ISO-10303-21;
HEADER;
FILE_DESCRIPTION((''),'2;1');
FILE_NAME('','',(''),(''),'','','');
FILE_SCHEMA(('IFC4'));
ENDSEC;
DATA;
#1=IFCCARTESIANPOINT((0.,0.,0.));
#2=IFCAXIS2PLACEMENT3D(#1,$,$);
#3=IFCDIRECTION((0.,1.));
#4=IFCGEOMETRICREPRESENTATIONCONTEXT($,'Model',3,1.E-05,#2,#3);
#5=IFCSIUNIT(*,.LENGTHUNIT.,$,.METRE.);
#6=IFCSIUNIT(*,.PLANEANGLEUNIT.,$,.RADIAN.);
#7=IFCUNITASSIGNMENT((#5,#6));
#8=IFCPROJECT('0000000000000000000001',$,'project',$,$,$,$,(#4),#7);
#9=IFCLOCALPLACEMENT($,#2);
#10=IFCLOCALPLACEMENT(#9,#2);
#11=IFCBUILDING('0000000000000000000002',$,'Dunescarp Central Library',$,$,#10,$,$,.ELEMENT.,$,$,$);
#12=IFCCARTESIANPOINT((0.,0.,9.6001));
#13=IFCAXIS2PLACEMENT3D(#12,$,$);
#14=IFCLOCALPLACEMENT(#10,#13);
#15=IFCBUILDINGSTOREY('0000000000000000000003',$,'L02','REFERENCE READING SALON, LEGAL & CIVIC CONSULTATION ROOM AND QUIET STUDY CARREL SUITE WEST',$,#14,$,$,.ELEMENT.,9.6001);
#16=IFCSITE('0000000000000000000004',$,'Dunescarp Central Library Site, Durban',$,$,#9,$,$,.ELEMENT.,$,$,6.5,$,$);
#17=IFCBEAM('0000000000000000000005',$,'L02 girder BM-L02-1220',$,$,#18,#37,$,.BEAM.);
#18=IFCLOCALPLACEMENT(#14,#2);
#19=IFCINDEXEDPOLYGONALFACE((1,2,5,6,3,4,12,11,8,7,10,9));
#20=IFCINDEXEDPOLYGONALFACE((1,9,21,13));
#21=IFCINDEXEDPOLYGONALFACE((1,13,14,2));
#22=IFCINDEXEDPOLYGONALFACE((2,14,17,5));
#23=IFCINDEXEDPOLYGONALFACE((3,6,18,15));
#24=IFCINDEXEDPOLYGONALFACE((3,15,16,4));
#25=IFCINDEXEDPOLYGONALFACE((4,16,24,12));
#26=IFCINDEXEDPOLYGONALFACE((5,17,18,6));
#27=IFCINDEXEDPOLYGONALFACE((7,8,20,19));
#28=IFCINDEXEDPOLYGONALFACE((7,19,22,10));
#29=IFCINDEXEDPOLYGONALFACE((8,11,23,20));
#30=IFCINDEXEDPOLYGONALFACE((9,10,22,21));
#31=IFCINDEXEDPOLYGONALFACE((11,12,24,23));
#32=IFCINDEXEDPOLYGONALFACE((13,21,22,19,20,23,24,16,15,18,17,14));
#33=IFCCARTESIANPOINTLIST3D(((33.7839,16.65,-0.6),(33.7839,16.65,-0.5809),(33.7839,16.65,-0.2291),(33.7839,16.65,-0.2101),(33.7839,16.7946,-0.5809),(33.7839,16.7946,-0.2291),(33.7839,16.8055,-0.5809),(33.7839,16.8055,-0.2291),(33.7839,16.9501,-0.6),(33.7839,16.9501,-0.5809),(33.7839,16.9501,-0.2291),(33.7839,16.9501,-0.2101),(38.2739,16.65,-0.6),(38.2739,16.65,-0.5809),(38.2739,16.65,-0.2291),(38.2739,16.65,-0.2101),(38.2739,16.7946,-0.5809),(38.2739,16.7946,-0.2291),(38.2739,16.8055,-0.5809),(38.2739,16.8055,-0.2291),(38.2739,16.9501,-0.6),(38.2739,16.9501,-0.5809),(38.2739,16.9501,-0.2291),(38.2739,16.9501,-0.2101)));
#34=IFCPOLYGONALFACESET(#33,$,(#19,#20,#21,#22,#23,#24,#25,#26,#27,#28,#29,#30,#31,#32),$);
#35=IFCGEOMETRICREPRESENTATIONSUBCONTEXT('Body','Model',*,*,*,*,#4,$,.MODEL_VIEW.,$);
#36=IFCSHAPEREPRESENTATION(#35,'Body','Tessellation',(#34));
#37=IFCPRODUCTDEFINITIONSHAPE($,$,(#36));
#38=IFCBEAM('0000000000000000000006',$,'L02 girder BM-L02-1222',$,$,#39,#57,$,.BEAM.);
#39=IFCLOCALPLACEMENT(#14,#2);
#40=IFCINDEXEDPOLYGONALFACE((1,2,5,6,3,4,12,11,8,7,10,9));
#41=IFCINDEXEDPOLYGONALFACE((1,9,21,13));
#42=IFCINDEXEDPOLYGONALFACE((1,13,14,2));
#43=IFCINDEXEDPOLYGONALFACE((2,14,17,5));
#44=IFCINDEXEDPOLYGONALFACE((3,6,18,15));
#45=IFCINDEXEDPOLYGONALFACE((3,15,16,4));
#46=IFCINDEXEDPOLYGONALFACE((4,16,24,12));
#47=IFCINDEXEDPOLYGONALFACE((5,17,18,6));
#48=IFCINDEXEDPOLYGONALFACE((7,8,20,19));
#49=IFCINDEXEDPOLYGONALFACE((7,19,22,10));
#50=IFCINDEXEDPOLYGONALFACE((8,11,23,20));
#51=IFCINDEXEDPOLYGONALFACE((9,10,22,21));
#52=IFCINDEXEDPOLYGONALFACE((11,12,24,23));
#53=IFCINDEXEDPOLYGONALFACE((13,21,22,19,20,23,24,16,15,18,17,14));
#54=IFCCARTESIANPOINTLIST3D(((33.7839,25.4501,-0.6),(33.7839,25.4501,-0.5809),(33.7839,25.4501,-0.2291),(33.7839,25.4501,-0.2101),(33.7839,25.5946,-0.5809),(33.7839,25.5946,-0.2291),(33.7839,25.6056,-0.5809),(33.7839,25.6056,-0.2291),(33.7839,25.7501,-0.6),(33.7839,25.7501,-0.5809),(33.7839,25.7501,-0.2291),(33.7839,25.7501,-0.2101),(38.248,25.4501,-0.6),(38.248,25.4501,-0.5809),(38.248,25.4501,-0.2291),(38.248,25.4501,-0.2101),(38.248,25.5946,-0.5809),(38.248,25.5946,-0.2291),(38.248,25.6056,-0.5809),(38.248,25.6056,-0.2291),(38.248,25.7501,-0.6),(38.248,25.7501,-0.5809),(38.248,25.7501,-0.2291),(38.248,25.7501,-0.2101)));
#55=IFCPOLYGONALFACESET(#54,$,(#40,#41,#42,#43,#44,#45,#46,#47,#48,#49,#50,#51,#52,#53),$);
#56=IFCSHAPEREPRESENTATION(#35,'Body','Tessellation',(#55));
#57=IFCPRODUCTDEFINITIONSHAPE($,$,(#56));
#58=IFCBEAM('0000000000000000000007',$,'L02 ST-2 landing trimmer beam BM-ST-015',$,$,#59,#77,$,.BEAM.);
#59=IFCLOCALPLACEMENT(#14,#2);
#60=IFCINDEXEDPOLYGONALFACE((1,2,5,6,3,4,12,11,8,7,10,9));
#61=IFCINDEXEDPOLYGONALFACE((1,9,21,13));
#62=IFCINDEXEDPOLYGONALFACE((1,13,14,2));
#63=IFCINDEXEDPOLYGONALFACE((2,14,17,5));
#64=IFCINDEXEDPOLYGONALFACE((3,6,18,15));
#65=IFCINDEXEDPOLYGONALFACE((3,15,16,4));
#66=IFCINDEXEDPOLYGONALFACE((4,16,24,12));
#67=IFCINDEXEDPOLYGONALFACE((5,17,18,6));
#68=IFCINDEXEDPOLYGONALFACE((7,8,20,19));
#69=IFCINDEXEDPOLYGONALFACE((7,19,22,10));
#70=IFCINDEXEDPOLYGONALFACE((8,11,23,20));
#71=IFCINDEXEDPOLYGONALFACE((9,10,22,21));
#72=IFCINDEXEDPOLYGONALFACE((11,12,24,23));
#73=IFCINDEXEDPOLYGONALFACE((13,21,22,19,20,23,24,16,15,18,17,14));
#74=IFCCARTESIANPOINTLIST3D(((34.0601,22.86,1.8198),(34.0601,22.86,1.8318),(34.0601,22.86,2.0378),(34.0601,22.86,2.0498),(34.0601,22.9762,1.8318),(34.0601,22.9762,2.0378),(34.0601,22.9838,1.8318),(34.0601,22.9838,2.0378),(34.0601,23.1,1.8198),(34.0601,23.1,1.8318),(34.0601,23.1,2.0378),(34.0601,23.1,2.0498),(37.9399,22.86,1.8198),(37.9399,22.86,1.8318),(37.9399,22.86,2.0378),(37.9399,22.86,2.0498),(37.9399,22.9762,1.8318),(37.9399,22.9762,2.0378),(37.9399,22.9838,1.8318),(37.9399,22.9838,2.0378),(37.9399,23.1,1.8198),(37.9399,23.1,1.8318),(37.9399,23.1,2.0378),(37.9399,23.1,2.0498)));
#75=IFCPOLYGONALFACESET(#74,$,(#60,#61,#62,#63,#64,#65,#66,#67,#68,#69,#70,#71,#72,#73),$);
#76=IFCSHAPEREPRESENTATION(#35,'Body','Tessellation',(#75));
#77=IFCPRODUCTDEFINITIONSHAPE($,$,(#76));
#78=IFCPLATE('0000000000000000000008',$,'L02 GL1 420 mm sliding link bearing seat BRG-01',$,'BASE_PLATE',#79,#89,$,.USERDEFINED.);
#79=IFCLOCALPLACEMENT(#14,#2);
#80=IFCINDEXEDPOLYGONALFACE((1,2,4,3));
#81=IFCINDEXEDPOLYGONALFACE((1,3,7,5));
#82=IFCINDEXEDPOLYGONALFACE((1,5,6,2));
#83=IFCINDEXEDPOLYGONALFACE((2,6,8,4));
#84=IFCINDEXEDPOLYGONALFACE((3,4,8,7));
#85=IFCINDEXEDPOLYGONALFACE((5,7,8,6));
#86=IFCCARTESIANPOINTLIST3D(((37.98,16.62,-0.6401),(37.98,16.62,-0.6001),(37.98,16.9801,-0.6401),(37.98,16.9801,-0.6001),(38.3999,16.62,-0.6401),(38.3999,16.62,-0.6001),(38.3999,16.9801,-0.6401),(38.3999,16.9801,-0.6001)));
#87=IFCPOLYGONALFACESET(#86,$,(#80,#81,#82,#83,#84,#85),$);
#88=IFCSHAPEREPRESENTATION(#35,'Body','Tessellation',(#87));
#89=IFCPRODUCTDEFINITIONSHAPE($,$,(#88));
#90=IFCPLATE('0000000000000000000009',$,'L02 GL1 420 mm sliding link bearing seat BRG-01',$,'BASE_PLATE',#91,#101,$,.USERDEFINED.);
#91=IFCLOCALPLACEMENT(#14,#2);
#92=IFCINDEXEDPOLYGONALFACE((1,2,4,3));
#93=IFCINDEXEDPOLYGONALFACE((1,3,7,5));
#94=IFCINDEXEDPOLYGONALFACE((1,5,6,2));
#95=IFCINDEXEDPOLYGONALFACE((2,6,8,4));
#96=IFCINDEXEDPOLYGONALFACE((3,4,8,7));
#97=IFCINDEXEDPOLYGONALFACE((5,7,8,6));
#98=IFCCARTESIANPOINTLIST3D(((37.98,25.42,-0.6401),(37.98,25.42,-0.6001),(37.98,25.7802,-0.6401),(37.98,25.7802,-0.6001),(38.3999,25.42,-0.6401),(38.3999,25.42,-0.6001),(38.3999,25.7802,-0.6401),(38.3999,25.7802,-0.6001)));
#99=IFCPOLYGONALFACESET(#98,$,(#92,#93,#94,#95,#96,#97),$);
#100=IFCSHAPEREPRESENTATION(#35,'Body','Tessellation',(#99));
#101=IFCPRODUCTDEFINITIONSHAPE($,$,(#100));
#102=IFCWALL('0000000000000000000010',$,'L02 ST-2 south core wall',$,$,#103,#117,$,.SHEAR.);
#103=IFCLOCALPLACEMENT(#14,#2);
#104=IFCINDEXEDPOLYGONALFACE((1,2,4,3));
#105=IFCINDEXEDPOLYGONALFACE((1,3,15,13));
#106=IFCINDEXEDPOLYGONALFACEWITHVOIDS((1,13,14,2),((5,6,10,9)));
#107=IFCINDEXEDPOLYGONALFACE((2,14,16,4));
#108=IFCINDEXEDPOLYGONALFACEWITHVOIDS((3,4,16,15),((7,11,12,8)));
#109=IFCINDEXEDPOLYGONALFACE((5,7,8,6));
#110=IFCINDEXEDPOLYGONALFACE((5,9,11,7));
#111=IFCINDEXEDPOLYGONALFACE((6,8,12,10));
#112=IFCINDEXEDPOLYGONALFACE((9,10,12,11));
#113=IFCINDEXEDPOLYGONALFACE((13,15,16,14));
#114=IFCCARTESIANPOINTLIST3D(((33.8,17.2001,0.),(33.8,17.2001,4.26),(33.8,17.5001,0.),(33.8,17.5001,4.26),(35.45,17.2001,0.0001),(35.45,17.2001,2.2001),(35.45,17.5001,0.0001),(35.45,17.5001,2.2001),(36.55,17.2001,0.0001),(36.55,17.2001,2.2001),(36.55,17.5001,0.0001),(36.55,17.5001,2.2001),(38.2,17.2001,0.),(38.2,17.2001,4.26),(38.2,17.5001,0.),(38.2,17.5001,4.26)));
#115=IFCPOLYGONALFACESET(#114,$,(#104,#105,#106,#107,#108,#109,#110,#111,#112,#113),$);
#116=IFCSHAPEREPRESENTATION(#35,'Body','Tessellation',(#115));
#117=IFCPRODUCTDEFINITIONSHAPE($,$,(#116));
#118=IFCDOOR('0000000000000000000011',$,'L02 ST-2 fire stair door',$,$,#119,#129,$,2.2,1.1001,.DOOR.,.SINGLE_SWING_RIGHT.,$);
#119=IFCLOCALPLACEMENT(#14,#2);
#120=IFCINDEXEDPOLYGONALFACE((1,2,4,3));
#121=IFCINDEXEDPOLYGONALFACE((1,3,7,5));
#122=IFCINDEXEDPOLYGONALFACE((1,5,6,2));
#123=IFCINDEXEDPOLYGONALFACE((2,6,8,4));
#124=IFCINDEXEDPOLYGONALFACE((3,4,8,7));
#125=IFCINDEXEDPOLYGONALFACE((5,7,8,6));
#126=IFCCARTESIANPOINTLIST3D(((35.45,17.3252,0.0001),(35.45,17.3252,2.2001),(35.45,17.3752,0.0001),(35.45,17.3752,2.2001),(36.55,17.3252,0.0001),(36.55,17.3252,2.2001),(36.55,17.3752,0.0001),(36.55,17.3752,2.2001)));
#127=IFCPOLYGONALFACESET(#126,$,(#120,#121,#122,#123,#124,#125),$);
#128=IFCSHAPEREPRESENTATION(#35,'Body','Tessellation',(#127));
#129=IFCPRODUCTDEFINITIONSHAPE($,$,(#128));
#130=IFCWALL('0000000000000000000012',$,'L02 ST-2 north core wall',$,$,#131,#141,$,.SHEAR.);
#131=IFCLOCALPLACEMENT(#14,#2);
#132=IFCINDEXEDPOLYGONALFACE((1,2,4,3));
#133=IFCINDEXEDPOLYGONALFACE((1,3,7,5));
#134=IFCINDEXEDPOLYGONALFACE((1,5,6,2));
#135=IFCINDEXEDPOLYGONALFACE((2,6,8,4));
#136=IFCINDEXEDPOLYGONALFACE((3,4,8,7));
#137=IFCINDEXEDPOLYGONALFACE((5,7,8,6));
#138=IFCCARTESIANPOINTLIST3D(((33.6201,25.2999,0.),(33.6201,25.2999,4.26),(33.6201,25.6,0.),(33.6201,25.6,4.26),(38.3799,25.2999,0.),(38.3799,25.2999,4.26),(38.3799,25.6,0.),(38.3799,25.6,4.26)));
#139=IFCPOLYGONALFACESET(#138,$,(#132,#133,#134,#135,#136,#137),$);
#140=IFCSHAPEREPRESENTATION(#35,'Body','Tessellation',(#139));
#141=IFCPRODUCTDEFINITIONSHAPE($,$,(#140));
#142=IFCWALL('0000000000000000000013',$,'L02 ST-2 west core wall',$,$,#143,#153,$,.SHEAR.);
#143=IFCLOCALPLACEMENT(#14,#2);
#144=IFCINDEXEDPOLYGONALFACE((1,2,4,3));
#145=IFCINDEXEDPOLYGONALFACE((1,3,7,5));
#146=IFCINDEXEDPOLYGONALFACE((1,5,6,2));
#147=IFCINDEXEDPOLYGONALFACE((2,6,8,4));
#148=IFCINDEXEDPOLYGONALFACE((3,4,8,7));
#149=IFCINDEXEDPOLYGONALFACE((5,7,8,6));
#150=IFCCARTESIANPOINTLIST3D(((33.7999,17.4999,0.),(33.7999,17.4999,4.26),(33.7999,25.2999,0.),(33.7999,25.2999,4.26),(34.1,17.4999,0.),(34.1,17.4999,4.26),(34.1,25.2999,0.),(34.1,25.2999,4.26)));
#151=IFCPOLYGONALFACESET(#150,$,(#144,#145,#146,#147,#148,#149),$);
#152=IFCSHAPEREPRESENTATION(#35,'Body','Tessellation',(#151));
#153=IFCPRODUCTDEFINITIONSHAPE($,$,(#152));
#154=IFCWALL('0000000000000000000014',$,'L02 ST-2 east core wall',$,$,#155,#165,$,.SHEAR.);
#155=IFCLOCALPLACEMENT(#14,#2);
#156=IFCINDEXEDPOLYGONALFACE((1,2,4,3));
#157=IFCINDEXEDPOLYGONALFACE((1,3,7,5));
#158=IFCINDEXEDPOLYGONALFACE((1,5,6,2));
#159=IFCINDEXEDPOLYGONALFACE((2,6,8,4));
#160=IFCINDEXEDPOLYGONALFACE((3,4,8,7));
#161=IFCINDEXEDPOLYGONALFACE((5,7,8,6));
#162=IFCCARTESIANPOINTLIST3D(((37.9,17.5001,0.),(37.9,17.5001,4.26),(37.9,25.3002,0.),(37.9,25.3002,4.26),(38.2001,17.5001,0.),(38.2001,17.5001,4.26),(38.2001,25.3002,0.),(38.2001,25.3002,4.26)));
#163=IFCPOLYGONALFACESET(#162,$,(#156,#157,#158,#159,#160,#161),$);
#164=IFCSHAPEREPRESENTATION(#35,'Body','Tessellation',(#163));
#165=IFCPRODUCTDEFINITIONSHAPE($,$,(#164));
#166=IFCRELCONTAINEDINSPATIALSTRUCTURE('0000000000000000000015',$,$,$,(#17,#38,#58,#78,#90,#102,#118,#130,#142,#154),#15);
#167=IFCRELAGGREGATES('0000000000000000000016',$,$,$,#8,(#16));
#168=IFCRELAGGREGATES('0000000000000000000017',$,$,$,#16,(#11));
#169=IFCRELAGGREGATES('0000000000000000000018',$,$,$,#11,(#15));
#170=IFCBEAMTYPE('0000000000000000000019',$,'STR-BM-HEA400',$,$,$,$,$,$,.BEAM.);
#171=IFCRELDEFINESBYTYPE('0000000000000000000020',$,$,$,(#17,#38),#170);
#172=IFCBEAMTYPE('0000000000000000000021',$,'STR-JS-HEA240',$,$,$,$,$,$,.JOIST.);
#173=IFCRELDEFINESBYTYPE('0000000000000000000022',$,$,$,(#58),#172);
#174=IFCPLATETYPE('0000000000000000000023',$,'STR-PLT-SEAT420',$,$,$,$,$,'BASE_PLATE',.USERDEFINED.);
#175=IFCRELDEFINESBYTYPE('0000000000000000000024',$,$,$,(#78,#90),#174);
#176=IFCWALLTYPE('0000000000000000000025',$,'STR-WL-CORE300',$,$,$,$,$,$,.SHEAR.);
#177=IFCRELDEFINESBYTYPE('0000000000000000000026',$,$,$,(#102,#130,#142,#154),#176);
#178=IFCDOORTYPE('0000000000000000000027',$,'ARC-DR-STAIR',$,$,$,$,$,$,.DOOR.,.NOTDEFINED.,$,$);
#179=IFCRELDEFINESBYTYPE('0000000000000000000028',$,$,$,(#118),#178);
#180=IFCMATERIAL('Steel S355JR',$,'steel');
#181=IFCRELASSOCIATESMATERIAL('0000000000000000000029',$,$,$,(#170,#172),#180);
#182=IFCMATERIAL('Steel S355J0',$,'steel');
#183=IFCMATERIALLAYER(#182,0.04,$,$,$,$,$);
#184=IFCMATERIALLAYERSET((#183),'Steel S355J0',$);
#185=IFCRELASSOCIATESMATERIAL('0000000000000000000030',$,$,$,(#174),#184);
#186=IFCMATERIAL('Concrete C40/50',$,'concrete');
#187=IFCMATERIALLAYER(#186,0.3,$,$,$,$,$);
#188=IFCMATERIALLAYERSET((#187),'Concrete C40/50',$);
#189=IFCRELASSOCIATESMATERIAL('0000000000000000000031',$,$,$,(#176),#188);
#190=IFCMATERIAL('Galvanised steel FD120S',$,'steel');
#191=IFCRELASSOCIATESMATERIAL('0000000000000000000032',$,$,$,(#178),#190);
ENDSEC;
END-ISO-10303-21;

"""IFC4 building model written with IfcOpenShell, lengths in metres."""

from ifc_helpers import new_model, si_unit, direction, frame, frame_2d, origin, origin_2d, place, context, subcontext, project, spatial, rectangle, i_section, extrude, material, layer, layer_set, material_profile, profile_set, type_object, element, fill, save


model = new_model("IFC4")

# Units and contexts
model_context = context("Model", 3, precision=1e-05, world=origin(), true_north=direction((0.0, 1.0)))
body_context = subcontext(model_context, "Body", "Model", "MODEL_VIEW")
ifc_project = project(units=[si_unit("LENGTHUNIT", "METRE"), si_unit("PLANEANGLEUNIT", "RADIAN")], contexts=[model_context])

# Site, building, storey
site_placement = place(None, origin())
site = spatial("IfcSite", under=ifc_project, at=site_placement, Name="Dunescarp Central Library Site, Durban", CompositionType="ELEMENT", RefElevation=6.5)
building_placement = place(site_placement, origin())
building = spatial("IfcBuilding", under=site, at=building_placement, Name="Dunescarp Central Library", CompositionType="ELEMENT")
storey_placement = place(building_placement, frame((0.0, 0.0, 9.6001)))
storey = spatial("IfcBuildingStorey", under=building, at=storey_placement, Name="L02", Description="REFERENCE READING SALON, LEGAL & CIVIC CONSULTATION ROOM AND QUIET STUDY CARREL SUITE WEST", CompositionType="ELEMENT", Elevation=9.6001)

# Beams
ifc_material_1 = material(Name="Steel S355JR", Category="steel")
ifc_material_profile_1 = material_profile(ifc_material_1, i_section(OverallWidth=0.3, OverallDepth=0.3899, WebThickness=0.011, FlangeThickness=0.019, at=origin_2d()), Name="HEA 400")
ifc_profile_set_1 = profile_set([ifc_material_profile_1], Name="Steel S355JR")
beam_type_1 = type_object("IfcBeamType", Name="STR-BM-HEA400", PredefinedType="BEAM", material=ifc_profile_set_1)
beam_1_placement = place(storey_placement, frame((33.7839, 16.8, -0.405), z_axis=(1.0, 0.0, 0.0), x_axis=(0.0, 1.0, 0.0)))
element("IfcBeam", 1, at=beam_1_placement, inside=storey, type_object=beam_type_1, Name="L02 girder BM-L02-1220", PredefinedType="BEAM", context=body_context, shape_type="SweptSolid", body=[
    extrude(i_section(OverallWidth=0.3, OverallDepth=0.3899, WebThickness=0.011, FlangeThickness=0.019, at=origin_2d()), origin(), (0.0, 0.0, 1.0), 4.49),
])
beam_2_placement = place(storey_placement, frame((33.7839, 25.6001, -0.405), z_axis=(1.0, 0.0, 0.0), x_axis=(0.0, 1.0, 0.0)))
element("IfcBeam", 2, at=beam_2_placement, inside=storey, type_object=beam_type_1, Name="L02 girder BM-L02-1222", PredefinedType="BEAM", context=body_context, shape_type="SweptSolid", body=[
    extrude(i_section(OverallWidth=0.3, OverallDepth=0.3899, WebThickness=0.011, FlangeThickness=0.019, at=origin_2d()), origin(), (0.0, 0.0, 1.0), 4.4641),
])
ifc_material_profile_2 = material_profile(ifc_material_1, i_section(OverallWidth=0.24, OverallDepth=0.23, WebThickness=0.0076, FlangeThickness=0.012, at=origin_2d()), Name="HEA 240")
ifc_profile_set_2 = profile_set([ifc_material_profile_2], Name="Steel S355JR")
beam_type_2 = type_object("IfcBeamType", Name="STR-JS-HEA240", PredefinedType="JOIST", material=ifc_profile_set_2)
beam_3_placement = place(storey_placement, frame((34.0601, 22.98, 1.9348), z_axis=(1.0, 0.0, 0.0), x_axis=(0.0, 1.0, 0.0)))
element("IfcBeam", 3, at=beam_3_placement, inside=storey, type_object=beam_type_2, Name="L02 ST-2 landing trimmer beam BM-ST-015", PredefinedType="BEAM", context=body_context, shape_type="SweptSolid", body=[
    extrude(i_section(OverallWidth=0.24, OverallDepth=0.23, WebThickness=0.0076, FlangeThickness=0.012, at=origin_2d()), origin(), (0.0, 0.0, 1.0), 3.8799),
])

# Plates
ifc_material_2 = material(Name="Steel S355J0", Category="steel")
ifc_layer_1 = layer(ifc_material_2, 0.04)
ifc_layer_set_1 = layer_set([ifc_layer_1], Name="Steel S355J0")
plate_type = type_object("IfcPlateType", Name="STR-PLT-SEAT420", ElementType="BASE_PLATE", PredefinedType="USERDEFINED", material=ifc_layer_set_1)
for number, where, z_axis, x_axis, name in (
    (4, (38.1899, 16.8, -0.6401), (0.0, 0.0, 1.0), (1.0, 0.0, 0.0), "L02 GL1 420 mm sliding link bearing seat BRG-01"),
    (5, (38.1899, 25.6001, -0.6401), (0.0, 0.0, 1.0), (1.0, 0.0, 0.0), "L02 GL1 420 mm sliding link bearing seat BRG-01"),
):
    element("IfcPlate", number, at=place(storey_placement, frame(where, z_axis=z_axis, x_axis=x_axis)), inside=storey, type_object=plate_type, Name=name, ObjectType="BASE_PLATE", PredefinedType="USERDEFINED", context=body_context, shape_type="SweptSolid", body=[
        extrude(rectangle(XDim=0.4199, YDim=0.3601, at=origin_2d()), origin(), (0.0, 0.0, 1.0), 0.04),
    ])

# Wall, opening, door
ifc_material_3 = material(Name="Concrete C40/50", Category="concrete")
ifc_layer_2 = layer(ifc_material_3, 0.3)
ifc_layer_set_2 = layer_set([ifc_layer_2], Name="Concrete C40/50")
wall_type = type_object("IfcWallType", Name="STR-WL-CORE300", PredefinedType="SHEAR", material=ifc_layer_set_2)
wall_1_placement = place(storey_placement, frame((38.2, 17.3501, 0.0), z_axis=(0.0, 0.0, 1.0), x_axis=(-1.0, 0.0, 0.0)))
wall_1 = element("IfcWall", 6, at=wall_1_placement, inside=storey, type_object=wall_type, Name="L02 ST-2 south core wall", PredefinedType="SHEAR", context=body_context, shape_type="SweptSolid", body=[
    extrude(rectangle(XDim=4.3999, YDim=0.3, at=frame_2d((2.2, 0.0))), origin(), (0.0, 0.0, 1.0), 4.26),
])
opening_placement = place(wall_1_placement, frame((1.6499, 0.0, 0.0)))
opening = element("IfcOpeningElement", 7, at=opening_placement, cuts=wall_1, PredefinedType="OPENING", context=body_context, shape_type="SweptSolid", body=[
    extrude(rectangle(XDim=1.1001, YDim=2.2, at=frame_2d((0.55, 1.1001))), frame((0.0, 0.1602, 0.0), z_axis=(0.0, -1.0, 0.0), x_axis=(1.0, 0.0, 0.0)), (0.0, 0.0, 1.0), 0.3201),
])
ifc_material_4 = material(Name="Galvanised steel FD120S", Category="steel")
door_type = type_object("IfcDoorType", Name="ARC-DR-STAIR", OperationType="NOTDEFINED", PredefinedType="DOOR", material=ifc_material_4)
door_placement = place(opening_placement, origin())
door = element("IfcDoor", 8, at=door_placement, inside=storey, type_object=door_type, Name="L02 ST-2 fire stair door", OperationType="SINGLE_SWING_RIGHT", OverallHeight=2.2, OverallWidth=1.1001, PredefinedType="DOOR", context=body_context, shape_type="SweptSolid", body=[
    extrude(rectangle(XDim=1.1001, YDim=2.2, at=frame_2d((0.55, 1.1001))), frame((0.0, 0.0249, 0.0), z_axis=(0.0, -1.0, 0.0), x_axis=(1.0, 0.0, 0.0)), (0.0, 0.0, 1.0), 0.05),
])
fill(opening, door)

# Walls
wall_2_placement = place(storey_placement, frame((33.6201, 25.45, 0.0), z_axis=(0.0, 0.0, 1.0), x_axis=(1.0, 0.0, 0.0)))
element("IfcWall", 9, at=wall_2_placement, inside=storey, type_object=wall_type, Name="L02 ST-2 north core wall", PredefinedType="SHEAR", context=body_context, shape_type="SweptSolid", body=[
    extrude(rectangle(XDim=4.7598, YDim=0.3, at=frame_2d((2.3799, 0.0))), origin(), (0.0, 0.0, 1.0), 4.26),
])
for number, where, z_axis, x_axis, name in (
    (10, (33.95, 17.5, 0.0), (0.0, 0.0, 1.0), (0.0, 1.0, 0.0), "L02 ST-2 west core wall"),
    (11, (38.05, 25.3, 0.0), (0.0, 0.0, 1.0), (0.0, -1.0, 0.0), "L02 ST-2 east core wall"),
):
    element("IfcWall", number, at=place(storey_placement, frame(where, z_axis=z_axis, x_axis=x_axis)), inside=storey, type_object=wall_type, Name=name, PredefinedType="SHEAR", context=body_context, shape_type="SweptSolid", body=[
        extrude(rectangle(XDim=7.8, YDim=0.3, at=frame_2d((3.8999, 0.0))), origin(), (0.0, 0.0, 1.0), 4.26),
    ])

save(model, "model.ifc")
